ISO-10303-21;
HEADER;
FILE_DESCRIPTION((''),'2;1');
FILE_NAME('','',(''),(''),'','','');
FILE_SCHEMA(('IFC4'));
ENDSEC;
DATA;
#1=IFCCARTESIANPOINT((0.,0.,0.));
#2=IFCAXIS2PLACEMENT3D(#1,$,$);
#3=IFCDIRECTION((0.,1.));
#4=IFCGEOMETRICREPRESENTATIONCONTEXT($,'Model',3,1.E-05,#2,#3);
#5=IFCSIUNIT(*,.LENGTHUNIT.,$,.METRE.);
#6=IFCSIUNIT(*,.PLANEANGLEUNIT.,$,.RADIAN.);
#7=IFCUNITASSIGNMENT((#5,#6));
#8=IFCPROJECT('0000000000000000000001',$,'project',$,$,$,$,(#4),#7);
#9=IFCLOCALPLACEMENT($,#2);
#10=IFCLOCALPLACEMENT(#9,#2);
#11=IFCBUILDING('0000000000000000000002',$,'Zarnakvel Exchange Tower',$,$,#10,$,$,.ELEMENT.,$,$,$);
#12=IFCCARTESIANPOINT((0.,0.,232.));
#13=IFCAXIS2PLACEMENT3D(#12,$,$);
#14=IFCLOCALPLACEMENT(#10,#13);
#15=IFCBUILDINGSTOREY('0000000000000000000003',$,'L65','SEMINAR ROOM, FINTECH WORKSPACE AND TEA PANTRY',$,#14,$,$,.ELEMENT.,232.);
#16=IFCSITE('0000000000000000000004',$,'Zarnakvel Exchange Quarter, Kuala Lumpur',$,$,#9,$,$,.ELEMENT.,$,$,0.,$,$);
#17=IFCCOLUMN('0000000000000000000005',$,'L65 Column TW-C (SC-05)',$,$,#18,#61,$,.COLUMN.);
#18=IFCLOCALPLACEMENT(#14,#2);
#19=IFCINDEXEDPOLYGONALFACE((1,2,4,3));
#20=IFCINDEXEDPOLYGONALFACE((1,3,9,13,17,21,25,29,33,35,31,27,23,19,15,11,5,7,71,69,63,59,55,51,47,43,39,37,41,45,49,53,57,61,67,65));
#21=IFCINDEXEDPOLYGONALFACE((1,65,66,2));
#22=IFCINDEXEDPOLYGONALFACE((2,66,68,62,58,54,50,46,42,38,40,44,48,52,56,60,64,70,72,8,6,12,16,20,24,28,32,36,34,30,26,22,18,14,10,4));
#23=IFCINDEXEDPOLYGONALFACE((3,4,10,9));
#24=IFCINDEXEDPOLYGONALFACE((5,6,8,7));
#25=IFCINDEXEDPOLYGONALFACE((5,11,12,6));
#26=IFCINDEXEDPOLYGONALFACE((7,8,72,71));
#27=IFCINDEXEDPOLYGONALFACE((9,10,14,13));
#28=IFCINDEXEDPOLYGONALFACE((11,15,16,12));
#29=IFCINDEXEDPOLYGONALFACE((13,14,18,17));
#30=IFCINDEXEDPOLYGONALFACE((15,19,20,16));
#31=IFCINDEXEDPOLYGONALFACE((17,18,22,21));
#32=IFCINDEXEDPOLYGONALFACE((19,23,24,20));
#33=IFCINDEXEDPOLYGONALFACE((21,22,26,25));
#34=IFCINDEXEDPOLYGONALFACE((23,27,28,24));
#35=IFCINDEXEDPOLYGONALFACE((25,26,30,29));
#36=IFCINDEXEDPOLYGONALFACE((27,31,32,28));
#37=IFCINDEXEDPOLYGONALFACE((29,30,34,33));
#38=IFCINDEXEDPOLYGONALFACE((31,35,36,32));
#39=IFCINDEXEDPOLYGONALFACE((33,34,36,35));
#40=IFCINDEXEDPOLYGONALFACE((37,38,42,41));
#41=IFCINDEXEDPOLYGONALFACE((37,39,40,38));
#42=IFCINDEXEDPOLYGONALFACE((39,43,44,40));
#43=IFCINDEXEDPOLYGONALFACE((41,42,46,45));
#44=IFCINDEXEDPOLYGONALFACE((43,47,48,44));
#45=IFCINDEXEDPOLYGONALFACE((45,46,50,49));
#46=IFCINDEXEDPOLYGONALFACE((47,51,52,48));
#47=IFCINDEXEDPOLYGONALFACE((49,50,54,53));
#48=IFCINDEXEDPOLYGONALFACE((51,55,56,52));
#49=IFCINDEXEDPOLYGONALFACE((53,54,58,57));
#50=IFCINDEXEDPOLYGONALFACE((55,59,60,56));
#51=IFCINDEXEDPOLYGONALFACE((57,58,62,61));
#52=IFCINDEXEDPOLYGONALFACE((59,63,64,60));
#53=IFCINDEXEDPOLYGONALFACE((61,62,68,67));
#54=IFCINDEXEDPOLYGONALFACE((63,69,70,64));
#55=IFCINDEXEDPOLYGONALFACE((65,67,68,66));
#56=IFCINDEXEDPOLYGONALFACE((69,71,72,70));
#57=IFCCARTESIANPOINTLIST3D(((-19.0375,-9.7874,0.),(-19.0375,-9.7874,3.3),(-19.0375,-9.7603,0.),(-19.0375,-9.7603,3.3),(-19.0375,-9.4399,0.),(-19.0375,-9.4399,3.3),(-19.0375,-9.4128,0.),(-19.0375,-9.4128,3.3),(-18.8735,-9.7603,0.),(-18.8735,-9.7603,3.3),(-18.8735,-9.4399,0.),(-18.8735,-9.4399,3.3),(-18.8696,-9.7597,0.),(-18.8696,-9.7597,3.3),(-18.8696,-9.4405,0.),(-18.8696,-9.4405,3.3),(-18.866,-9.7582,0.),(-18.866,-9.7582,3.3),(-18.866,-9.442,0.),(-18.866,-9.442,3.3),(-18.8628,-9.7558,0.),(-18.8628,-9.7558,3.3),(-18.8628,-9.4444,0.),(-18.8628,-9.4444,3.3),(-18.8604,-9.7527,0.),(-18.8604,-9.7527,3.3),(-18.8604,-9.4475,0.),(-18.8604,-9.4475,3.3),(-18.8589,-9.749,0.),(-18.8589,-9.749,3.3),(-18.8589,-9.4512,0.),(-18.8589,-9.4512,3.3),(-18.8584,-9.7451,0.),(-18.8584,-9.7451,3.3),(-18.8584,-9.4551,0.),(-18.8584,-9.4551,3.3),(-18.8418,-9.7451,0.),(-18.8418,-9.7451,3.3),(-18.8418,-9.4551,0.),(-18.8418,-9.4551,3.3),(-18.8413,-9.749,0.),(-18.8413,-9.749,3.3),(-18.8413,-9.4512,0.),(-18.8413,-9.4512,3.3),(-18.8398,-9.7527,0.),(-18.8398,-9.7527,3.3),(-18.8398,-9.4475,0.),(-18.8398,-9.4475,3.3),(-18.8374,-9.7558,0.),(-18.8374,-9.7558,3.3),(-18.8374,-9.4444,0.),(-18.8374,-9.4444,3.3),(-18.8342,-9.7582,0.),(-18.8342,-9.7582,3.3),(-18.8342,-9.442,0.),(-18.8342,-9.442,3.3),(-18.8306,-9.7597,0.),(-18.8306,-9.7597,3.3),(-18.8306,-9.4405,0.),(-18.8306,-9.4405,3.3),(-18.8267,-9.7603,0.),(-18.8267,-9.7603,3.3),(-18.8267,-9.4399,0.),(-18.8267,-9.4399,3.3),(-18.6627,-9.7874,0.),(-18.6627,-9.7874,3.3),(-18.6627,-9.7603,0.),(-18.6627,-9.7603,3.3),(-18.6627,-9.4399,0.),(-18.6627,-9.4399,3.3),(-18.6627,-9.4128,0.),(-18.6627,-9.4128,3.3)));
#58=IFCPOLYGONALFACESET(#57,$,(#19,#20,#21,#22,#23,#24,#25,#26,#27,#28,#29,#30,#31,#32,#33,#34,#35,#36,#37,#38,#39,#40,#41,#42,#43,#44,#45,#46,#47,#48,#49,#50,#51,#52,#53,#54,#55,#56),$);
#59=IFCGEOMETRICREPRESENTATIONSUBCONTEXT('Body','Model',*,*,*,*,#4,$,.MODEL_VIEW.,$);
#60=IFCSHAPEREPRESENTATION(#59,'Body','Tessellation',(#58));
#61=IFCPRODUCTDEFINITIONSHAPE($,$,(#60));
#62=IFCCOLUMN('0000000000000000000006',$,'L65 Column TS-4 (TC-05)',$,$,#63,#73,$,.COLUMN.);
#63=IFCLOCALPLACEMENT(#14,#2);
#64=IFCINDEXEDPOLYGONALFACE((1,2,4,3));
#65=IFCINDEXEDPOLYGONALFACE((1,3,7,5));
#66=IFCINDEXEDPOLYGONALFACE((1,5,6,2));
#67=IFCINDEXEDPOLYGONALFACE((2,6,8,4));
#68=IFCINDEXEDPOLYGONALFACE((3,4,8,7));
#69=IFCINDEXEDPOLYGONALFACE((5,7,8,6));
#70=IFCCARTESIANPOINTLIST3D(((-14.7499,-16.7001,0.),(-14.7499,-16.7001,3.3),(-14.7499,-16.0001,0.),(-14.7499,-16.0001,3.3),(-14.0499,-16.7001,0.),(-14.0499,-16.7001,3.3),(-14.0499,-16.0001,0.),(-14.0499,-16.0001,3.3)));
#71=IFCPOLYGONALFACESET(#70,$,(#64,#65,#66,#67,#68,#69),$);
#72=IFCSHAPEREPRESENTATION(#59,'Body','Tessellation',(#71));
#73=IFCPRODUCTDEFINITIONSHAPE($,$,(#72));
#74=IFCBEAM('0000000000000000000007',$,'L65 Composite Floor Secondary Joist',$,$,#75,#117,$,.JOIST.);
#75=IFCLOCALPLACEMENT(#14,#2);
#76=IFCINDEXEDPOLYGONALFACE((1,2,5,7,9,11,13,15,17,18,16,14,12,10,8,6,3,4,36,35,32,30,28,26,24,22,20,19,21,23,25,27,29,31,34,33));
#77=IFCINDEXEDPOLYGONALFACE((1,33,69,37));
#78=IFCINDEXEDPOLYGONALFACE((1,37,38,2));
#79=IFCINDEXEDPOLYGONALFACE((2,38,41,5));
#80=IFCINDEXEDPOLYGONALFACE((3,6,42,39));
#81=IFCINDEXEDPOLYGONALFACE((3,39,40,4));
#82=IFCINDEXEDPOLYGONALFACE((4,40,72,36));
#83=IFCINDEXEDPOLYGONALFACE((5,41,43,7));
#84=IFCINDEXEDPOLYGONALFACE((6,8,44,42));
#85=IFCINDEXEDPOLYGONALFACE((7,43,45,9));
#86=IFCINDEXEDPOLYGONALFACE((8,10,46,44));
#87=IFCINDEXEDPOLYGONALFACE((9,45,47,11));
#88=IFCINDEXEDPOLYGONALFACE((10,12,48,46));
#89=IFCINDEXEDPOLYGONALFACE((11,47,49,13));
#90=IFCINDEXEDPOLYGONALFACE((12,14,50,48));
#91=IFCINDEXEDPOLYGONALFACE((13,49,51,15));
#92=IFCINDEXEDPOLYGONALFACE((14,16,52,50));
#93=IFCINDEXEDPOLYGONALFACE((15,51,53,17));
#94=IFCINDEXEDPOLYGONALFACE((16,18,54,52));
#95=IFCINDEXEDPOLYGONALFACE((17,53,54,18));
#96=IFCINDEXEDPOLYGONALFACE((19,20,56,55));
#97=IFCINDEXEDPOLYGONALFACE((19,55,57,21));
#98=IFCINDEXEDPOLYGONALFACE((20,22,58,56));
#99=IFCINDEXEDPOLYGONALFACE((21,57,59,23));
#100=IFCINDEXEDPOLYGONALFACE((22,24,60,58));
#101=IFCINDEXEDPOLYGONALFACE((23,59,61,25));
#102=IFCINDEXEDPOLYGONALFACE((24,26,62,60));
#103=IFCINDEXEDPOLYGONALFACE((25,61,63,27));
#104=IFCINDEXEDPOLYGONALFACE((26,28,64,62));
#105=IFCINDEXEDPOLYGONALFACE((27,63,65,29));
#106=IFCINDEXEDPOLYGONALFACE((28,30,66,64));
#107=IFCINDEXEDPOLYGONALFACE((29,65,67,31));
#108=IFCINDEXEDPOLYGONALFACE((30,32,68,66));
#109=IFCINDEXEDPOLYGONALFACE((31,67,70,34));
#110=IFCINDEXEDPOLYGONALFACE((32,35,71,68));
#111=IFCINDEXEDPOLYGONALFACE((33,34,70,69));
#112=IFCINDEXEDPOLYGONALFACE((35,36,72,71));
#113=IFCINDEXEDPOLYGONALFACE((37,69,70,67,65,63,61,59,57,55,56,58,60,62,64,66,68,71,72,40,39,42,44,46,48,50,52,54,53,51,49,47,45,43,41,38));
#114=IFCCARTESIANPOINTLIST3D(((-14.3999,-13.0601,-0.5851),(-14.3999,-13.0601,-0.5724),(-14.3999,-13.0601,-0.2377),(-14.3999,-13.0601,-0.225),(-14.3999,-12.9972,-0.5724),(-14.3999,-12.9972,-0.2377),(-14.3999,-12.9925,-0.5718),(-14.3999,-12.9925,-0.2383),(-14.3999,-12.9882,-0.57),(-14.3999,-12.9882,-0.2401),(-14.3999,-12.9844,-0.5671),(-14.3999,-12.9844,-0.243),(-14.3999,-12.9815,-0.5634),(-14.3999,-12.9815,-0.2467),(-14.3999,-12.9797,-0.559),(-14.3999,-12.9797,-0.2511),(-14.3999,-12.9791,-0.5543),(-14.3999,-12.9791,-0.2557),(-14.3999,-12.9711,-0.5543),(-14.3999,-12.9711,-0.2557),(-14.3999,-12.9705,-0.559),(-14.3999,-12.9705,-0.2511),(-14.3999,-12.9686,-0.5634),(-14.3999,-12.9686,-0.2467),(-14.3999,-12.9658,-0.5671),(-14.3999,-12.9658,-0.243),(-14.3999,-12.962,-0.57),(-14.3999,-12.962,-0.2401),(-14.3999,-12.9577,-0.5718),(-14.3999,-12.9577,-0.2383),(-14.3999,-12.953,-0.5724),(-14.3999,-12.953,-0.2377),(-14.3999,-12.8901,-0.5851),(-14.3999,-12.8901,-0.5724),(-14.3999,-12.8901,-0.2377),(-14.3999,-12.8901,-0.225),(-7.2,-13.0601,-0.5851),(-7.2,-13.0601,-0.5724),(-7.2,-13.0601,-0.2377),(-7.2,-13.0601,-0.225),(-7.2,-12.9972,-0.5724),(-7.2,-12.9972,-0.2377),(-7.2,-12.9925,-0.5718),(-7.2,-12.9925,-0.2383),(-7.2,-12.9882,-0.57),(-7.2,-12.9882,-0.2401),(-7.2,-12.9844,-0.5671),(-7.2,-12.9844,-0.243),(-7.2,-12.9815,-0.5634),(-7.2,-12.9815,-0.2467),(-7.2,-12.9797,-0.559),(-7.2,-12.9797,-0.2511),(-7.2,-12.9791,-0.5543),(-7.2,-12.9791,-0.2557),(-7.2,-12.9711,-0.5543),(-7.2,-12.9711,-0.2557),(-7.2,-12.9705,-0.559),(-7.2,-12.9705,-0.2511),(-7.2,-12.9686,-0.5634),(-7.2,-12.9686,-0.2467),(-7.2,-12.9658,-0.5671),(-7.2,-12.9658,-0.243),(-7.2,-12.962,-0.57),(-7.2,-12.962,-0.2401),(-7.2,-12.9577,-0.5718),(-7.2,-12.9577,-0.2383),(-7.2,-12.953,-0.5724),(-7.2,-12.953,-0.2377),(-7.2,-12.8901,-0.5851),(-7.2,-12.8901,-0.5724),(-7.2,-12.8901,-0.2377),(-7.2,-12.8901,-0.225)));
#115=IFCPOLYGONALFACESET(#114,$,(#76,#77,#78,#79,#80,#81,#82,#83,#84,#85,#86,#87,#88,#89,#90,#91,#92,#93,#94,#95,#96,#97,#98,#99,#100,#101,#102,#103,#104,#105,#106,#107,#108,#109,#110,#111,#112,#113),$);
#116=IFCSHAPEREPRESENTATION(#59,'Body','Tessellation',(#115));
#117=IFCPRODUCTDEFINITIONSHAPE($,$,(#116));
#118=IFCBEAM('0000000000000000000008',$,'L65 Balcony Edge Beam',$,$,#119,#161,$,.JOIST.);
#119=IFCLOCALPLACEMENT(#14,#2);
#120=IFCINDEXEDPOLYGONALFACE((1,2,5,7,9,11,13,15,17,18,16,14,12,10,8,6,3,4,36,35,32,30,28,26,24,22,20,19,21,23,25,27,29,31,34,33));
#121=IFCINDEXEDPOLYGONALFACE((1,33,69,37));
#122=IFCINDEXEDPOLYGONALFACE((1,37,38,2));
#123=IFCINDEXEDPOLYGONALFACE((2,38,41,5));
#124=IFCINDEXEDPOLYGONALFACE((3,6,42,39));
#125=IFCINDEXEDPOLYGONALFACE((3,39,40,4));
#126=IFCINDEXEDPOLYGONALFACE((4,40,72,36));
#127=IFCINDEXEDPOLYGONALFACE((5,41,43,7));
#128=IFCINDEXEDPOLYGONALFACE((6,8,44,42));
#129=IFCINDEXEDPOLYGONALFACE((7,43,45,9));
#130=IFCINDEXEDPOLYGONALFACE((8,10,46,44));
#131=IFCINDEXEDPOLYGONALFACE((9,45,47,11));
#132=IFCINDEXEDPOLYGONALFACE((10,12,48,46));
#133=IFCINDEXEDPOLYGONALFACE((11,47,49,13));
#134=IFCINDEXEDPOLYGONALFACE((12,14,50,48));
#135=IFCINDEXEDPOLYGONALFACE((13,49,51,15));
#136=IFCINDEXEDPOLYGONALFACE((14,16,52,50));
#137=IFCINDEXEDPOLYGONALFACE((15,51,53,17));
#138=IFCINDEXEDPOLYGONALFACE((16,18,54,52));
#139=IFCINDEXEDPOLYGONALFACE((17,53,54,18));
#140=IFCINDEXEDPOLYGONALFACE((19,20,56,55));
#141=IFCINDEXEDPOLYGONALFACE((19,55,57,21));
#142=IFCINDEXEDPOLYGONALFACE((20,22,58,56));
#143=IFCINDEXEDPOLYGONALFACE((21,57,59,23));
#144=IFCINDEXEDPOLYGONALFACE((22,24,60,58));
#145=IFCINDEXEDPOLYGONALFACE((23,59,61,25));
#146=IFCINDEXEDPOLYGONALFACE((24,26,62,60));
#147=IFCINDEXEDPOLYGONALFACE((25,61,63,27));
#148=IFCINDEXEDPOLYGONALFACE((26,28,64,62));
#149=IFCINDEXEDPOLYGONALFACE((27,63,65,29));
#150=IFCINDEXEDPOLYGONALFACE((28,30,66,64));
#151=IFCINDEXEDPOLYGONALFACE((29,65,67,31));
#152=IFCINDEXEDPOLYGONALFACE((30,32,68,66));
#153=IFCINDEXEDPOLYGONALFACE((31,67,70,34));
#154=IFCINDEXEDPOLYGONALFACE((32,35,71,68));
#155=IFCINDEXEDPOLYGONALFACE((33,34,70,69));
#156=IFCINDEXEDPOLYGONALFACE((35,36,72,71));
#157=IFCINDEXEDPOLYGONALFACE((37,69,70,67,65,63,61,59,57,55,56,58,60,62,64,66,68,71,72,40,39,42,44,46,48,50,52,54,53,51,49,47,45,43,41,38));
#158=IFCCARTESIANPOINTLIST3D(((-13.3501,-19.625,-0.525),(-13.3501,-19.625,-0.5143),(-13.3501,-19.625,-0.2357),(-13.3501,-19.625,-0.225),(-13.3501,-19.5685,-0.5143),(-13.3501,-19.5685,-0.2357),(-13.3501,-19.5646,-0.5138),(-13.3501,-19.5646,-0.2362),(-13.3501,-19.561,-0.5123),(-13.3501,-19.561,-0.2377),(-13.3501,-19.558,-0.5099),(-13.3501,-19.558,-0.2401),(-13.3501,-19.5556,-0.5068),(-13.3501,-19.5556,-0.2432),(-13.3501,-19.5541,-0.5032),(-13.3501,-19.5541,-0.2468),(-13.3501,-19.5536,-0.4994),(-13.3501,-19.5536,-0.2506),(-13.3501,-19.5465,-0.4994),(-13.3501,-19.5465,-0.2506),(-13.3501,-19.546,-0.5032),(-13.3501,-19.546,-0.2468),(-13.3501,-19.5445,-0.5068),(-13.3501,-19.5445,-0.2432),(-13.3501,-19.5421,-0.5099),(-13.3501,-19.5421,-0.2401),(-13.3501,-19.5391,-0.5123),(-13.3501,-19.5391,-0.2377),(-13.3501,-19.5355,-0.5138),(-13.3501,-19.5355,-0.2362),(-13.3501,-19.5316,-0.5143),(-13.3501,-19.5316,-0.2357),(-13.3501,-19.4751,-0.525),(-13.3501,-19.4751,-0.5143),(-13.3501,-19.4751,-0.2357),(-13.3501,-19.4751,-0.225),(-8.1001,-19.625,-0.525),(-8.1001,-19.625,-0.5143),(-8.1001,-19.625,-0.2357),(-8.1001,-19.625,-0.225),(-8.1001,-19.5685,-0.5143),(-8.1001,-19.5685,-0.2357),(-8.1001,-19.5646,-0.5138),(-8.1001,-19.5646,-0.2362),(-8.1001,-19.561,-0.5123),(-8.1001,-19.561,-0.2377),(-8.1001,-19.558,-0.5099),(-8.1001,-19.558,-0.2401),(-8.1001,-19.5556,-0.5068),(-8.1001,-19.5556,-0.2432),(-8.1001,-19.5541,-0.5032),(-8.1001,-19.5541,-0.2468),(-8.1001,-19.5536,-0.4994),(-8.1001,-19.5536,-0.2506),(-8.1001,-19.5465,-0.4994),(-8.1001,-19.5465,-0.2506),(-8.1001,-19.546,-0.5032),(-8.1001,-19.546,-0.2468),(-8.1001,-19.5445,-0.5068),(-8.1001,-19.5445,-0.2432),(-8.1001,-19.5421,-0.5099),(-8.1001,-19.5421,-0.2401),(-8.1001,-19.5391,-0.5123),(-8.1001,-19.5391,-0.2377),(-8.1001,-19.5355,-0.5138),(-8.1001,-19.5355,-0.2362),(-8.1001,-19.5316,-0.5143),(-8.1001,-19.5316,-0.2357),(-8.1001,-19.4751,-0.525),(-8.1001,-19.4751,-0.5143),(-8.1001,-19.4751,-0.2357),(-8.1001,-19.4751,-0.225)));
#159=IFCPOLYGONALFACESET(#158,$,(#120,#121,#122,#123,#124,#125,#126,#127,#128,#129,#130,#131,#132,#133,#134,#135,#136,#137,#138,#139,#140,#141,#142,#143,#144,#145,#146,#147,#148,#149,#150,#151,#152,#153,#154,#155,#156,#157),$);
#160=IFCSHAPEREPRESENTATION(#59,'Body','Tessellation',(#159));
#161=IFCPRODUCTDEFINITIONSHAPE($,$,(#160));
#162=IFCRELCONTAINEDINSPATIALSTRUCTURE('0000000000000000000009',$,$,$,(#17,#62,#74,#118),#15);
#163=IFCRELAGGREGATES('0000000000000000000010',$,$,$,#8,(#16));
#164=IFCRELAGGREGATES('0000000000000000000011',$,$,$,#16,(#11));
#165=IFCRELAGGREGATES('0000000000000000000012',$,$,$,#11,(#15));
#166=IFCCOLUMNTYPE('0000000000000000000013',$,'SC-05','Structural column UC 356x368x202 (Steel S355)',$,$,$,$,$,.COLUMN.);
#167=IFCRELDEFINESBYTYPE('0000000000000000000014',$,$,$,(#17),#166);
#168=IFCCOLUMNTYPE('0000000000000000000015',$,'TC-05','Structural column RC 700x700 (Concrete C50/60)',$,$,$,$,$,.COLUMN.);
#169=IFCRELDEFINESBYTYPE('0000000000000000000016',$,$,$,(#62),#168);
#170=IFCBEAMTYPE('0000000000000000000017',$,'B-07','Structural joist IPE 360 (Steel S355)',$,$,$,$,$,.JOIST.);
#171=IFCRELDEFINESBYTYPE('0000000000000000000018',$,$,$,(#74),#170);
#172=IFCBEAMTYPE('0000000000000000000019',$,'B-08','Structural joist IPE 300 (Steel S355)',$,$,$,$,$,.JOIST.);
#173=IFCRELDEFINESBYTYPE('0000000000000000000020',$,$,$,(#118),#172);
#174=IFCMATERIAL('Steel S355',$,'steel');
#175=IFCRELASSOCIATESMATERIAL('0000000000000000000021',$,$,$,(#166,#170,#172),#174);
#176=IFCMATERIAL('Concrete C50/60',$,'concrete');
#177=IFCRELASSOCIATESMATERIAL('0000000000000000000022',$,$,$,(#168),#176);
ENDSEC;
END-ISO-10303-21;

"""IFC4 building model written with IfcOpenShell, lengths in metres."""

from ifc_helpers import new_model, si_unit, direction, frame, origin, origin_2d, place, context, subcontext, project, spatial, rectangle, i_section, extrude, material, material_profile, profile_set, type_object, element, save


model = new_model("IFC4")

# Units and contexts
model_context = context("Model", 3, precision=1e-05, world=origin(), true_north=direction((0.0, 1.0)))
body_context = subcontext(model_context, "Body", "Model", "MODEL_VIEW")
ifc_project = project(units=[si_unit("LENGTHUNIT", "METRE"), si_unit("PLANEANGLEUNIT", "RADIAN")], contexts=[model_context])

# Site, building, storey
site_placement = place(None, origin())
site = spatial("IfcSite", under=ifc_project, at=site_placement, Name="Zarnakvel Exchange Quarter, Kuala Lumpur", CompositionType="ELEMENT", RefElevation=0.0)
building_placement = place(site_placement, origin())
building = spatial("IfcBuilding", under=site, at=building_placement, Name="Zarnakvel Exchange Tower", CompositionType="ELEMENT")
storey_placement = place(building_placement, frame((0.0, 0.0, 232.0)))
storey = spatial("IfcBuildingStorey", under=building, at=storey_placement, Name="L65", Description="SEMINAR ROOM, FINTECH WORKSPACE AND TEA PANTRY", CompositionType="ELEMENT", Elevation=232.0)

# Columns
ifc_material_1 = material(Name="Steel S355", Category="steel")
ifc_material_profile_1 = material_profile(ifc_material_1, i_section(OverallWidth=0.3748, OverallDepth=0.3745, WebThickness=0.0166, FlangeThickness=0.0271, FilletRadius=0.0151, at=origin_2d()))
ifc_profile_set_1 = profile_set([ifc_material_profile_1], Name="Steel S355")
column_type_1 = type_object("IfcColumnType", Name="SC-05", Description="Structural column UC 356x368x202 (Steel S355)", PredefinedType="COLUMN", material=ifc_profile_set_1)
column_1_placement = place(storey_placement, frame((-18.8501, -9.6001, 0.0), z_axis=(0.0, 0.0, 1.0), x_axis=(1.0, 0.0, 0.0)))
element("IfcColumn", 1, at=column_1_placement, inside=storey, type_object=column_type_1, Name="L65 Column TW-C (SC-05)", PredefinedType="COLUMN", context=body_context, shape_type="SweptSolid", body=[
    extrude(i_section(OverallWidth=0.3748, OverallDepth=0.3745, WebThickness=0.0166, FlangeThickness=0.0271, FilletRadius=0.0151, at=origin_2d()), origin(), (0.0, 0.0, 1.0), 3.3),
])
ifc_material_2 = material(Name="Concrete C50/60", Category="concrete")
ifc_material_profile_2 = material_profile(ifc_material_2, rectangle(XDim=0.7, YDim=0.7, at=origin_2d()))
ifc_profile_set_2 = profile_set([ifc_material_profile_2], Name="Concrete C50/60")
column_type_2 = type_object("IfcColumnType", Name="TC-05", Description="Structural column RC 700x700 (Concrete C50/60)", PredefinedType="COLUMN", material=ifc_profile_set_2)
column_2_placement = place(storey_placement, frame((-14.3999, -16.3501, 0.0), z_axis=(0.0, 0.0, 1.0), x_axis=(1.0, 0.0, 0.0)))
element("IfcColumn", 2, at=column_2_placement, inside=storey, type_object=column_type_2, Name="L65 Column TS-4 (TC-05)", PredefinedType="COLUMN", context=body_context, shape_type="SweptSolid", body=[
    extrude(rectangle(XDim=0.7, YDim=0.7, at=origin_2d()), origin(), (0.0, 0.0, 1.0), 3.3),
])

# Beams
ifc_material_profile_3 = material_profile(ifc_material_1, i_section(OverallWidth=0.1699, OverallDepth=0.3601, WebThickness=0.0081, FlangeThickness=0.0127, FilletRadius=0.0181, at=origin_2d()))
ifc_profile_set_3 = profile_set([ifc_material_profile_3], Name="Steel S355")
beam_type_1 = type_object("IfcBeamType", Name="B-07", Description="Structural joist IPE 360 (Steel S355)", PredefinedType="JOIST", material=ifc_profile_set_3)
beam_1_placement = place(storey_placement, frame((-14.3999, -12.9751, -0.405), z_axis=(1.0, 0.0, 0.0), x_axis=(0.0, 1.0, 0.0)))
element("IfcBeam", 3, at=beam_1_placement, inside=storey, type_object=beam_type_1, Name="L65 Composite Floor Secondary Joist", PredefinedType="JOIST", context=body_context, shape_type="SweptSolid", body=[
    extrude(i_section(OverallWidth=0.1699, OverallDepth=0.3601, WebThickness=0.0081, FlangeThickness=0.0127, FilletRadius=0.0181, at=origin_2d()), origin(), (0.0, 0.0, 1.0), 7.2),
])
ifc_material_profile_4 = material_profile(ifc_material_1, i_section(OverallWidth=0.1499, OverallDepth=0.3, WebThickness=0.0071, FlangeThickness=0.0107, FilletRadius=0.0149, at=origin_2d()))
ifc_profile_set_4 = profile_set([ifc_material_profile_4], Name="Steel S355")
beam_type_2 = type_object("IfcBeamType", Name="B-08", Description="Structural joist IPE 300 (Steel S355)", PredefinedType="JOIST", material=ifc_profile_set_4)
beam_2_placement = place(storey_placement, frame((-13.3501, -19.55, -0.375), z_axis=(1.0, 0.0, 0.0), x_axis=(0.0, 1.0, 0.0)))
element("IfcBeam", 4, at=beam_2_placement, inside=storey, type_object=beam_type_2, Name="L65 Balcony Edge Beam", PredefinedType="JOIST", context=body_context, shape_type="SweptSolid", body=[
    extrude(i_section(OverallWidth=0.1499, OverallDepth=0.3, WebThickness=0.0071, FlangeThickness=0.0107, FilletRadius=0.0149, at=origin_2d()), origin(), (0.0, 0.0, 1.0), 5.25),
])

save(model, "model.ifc")
